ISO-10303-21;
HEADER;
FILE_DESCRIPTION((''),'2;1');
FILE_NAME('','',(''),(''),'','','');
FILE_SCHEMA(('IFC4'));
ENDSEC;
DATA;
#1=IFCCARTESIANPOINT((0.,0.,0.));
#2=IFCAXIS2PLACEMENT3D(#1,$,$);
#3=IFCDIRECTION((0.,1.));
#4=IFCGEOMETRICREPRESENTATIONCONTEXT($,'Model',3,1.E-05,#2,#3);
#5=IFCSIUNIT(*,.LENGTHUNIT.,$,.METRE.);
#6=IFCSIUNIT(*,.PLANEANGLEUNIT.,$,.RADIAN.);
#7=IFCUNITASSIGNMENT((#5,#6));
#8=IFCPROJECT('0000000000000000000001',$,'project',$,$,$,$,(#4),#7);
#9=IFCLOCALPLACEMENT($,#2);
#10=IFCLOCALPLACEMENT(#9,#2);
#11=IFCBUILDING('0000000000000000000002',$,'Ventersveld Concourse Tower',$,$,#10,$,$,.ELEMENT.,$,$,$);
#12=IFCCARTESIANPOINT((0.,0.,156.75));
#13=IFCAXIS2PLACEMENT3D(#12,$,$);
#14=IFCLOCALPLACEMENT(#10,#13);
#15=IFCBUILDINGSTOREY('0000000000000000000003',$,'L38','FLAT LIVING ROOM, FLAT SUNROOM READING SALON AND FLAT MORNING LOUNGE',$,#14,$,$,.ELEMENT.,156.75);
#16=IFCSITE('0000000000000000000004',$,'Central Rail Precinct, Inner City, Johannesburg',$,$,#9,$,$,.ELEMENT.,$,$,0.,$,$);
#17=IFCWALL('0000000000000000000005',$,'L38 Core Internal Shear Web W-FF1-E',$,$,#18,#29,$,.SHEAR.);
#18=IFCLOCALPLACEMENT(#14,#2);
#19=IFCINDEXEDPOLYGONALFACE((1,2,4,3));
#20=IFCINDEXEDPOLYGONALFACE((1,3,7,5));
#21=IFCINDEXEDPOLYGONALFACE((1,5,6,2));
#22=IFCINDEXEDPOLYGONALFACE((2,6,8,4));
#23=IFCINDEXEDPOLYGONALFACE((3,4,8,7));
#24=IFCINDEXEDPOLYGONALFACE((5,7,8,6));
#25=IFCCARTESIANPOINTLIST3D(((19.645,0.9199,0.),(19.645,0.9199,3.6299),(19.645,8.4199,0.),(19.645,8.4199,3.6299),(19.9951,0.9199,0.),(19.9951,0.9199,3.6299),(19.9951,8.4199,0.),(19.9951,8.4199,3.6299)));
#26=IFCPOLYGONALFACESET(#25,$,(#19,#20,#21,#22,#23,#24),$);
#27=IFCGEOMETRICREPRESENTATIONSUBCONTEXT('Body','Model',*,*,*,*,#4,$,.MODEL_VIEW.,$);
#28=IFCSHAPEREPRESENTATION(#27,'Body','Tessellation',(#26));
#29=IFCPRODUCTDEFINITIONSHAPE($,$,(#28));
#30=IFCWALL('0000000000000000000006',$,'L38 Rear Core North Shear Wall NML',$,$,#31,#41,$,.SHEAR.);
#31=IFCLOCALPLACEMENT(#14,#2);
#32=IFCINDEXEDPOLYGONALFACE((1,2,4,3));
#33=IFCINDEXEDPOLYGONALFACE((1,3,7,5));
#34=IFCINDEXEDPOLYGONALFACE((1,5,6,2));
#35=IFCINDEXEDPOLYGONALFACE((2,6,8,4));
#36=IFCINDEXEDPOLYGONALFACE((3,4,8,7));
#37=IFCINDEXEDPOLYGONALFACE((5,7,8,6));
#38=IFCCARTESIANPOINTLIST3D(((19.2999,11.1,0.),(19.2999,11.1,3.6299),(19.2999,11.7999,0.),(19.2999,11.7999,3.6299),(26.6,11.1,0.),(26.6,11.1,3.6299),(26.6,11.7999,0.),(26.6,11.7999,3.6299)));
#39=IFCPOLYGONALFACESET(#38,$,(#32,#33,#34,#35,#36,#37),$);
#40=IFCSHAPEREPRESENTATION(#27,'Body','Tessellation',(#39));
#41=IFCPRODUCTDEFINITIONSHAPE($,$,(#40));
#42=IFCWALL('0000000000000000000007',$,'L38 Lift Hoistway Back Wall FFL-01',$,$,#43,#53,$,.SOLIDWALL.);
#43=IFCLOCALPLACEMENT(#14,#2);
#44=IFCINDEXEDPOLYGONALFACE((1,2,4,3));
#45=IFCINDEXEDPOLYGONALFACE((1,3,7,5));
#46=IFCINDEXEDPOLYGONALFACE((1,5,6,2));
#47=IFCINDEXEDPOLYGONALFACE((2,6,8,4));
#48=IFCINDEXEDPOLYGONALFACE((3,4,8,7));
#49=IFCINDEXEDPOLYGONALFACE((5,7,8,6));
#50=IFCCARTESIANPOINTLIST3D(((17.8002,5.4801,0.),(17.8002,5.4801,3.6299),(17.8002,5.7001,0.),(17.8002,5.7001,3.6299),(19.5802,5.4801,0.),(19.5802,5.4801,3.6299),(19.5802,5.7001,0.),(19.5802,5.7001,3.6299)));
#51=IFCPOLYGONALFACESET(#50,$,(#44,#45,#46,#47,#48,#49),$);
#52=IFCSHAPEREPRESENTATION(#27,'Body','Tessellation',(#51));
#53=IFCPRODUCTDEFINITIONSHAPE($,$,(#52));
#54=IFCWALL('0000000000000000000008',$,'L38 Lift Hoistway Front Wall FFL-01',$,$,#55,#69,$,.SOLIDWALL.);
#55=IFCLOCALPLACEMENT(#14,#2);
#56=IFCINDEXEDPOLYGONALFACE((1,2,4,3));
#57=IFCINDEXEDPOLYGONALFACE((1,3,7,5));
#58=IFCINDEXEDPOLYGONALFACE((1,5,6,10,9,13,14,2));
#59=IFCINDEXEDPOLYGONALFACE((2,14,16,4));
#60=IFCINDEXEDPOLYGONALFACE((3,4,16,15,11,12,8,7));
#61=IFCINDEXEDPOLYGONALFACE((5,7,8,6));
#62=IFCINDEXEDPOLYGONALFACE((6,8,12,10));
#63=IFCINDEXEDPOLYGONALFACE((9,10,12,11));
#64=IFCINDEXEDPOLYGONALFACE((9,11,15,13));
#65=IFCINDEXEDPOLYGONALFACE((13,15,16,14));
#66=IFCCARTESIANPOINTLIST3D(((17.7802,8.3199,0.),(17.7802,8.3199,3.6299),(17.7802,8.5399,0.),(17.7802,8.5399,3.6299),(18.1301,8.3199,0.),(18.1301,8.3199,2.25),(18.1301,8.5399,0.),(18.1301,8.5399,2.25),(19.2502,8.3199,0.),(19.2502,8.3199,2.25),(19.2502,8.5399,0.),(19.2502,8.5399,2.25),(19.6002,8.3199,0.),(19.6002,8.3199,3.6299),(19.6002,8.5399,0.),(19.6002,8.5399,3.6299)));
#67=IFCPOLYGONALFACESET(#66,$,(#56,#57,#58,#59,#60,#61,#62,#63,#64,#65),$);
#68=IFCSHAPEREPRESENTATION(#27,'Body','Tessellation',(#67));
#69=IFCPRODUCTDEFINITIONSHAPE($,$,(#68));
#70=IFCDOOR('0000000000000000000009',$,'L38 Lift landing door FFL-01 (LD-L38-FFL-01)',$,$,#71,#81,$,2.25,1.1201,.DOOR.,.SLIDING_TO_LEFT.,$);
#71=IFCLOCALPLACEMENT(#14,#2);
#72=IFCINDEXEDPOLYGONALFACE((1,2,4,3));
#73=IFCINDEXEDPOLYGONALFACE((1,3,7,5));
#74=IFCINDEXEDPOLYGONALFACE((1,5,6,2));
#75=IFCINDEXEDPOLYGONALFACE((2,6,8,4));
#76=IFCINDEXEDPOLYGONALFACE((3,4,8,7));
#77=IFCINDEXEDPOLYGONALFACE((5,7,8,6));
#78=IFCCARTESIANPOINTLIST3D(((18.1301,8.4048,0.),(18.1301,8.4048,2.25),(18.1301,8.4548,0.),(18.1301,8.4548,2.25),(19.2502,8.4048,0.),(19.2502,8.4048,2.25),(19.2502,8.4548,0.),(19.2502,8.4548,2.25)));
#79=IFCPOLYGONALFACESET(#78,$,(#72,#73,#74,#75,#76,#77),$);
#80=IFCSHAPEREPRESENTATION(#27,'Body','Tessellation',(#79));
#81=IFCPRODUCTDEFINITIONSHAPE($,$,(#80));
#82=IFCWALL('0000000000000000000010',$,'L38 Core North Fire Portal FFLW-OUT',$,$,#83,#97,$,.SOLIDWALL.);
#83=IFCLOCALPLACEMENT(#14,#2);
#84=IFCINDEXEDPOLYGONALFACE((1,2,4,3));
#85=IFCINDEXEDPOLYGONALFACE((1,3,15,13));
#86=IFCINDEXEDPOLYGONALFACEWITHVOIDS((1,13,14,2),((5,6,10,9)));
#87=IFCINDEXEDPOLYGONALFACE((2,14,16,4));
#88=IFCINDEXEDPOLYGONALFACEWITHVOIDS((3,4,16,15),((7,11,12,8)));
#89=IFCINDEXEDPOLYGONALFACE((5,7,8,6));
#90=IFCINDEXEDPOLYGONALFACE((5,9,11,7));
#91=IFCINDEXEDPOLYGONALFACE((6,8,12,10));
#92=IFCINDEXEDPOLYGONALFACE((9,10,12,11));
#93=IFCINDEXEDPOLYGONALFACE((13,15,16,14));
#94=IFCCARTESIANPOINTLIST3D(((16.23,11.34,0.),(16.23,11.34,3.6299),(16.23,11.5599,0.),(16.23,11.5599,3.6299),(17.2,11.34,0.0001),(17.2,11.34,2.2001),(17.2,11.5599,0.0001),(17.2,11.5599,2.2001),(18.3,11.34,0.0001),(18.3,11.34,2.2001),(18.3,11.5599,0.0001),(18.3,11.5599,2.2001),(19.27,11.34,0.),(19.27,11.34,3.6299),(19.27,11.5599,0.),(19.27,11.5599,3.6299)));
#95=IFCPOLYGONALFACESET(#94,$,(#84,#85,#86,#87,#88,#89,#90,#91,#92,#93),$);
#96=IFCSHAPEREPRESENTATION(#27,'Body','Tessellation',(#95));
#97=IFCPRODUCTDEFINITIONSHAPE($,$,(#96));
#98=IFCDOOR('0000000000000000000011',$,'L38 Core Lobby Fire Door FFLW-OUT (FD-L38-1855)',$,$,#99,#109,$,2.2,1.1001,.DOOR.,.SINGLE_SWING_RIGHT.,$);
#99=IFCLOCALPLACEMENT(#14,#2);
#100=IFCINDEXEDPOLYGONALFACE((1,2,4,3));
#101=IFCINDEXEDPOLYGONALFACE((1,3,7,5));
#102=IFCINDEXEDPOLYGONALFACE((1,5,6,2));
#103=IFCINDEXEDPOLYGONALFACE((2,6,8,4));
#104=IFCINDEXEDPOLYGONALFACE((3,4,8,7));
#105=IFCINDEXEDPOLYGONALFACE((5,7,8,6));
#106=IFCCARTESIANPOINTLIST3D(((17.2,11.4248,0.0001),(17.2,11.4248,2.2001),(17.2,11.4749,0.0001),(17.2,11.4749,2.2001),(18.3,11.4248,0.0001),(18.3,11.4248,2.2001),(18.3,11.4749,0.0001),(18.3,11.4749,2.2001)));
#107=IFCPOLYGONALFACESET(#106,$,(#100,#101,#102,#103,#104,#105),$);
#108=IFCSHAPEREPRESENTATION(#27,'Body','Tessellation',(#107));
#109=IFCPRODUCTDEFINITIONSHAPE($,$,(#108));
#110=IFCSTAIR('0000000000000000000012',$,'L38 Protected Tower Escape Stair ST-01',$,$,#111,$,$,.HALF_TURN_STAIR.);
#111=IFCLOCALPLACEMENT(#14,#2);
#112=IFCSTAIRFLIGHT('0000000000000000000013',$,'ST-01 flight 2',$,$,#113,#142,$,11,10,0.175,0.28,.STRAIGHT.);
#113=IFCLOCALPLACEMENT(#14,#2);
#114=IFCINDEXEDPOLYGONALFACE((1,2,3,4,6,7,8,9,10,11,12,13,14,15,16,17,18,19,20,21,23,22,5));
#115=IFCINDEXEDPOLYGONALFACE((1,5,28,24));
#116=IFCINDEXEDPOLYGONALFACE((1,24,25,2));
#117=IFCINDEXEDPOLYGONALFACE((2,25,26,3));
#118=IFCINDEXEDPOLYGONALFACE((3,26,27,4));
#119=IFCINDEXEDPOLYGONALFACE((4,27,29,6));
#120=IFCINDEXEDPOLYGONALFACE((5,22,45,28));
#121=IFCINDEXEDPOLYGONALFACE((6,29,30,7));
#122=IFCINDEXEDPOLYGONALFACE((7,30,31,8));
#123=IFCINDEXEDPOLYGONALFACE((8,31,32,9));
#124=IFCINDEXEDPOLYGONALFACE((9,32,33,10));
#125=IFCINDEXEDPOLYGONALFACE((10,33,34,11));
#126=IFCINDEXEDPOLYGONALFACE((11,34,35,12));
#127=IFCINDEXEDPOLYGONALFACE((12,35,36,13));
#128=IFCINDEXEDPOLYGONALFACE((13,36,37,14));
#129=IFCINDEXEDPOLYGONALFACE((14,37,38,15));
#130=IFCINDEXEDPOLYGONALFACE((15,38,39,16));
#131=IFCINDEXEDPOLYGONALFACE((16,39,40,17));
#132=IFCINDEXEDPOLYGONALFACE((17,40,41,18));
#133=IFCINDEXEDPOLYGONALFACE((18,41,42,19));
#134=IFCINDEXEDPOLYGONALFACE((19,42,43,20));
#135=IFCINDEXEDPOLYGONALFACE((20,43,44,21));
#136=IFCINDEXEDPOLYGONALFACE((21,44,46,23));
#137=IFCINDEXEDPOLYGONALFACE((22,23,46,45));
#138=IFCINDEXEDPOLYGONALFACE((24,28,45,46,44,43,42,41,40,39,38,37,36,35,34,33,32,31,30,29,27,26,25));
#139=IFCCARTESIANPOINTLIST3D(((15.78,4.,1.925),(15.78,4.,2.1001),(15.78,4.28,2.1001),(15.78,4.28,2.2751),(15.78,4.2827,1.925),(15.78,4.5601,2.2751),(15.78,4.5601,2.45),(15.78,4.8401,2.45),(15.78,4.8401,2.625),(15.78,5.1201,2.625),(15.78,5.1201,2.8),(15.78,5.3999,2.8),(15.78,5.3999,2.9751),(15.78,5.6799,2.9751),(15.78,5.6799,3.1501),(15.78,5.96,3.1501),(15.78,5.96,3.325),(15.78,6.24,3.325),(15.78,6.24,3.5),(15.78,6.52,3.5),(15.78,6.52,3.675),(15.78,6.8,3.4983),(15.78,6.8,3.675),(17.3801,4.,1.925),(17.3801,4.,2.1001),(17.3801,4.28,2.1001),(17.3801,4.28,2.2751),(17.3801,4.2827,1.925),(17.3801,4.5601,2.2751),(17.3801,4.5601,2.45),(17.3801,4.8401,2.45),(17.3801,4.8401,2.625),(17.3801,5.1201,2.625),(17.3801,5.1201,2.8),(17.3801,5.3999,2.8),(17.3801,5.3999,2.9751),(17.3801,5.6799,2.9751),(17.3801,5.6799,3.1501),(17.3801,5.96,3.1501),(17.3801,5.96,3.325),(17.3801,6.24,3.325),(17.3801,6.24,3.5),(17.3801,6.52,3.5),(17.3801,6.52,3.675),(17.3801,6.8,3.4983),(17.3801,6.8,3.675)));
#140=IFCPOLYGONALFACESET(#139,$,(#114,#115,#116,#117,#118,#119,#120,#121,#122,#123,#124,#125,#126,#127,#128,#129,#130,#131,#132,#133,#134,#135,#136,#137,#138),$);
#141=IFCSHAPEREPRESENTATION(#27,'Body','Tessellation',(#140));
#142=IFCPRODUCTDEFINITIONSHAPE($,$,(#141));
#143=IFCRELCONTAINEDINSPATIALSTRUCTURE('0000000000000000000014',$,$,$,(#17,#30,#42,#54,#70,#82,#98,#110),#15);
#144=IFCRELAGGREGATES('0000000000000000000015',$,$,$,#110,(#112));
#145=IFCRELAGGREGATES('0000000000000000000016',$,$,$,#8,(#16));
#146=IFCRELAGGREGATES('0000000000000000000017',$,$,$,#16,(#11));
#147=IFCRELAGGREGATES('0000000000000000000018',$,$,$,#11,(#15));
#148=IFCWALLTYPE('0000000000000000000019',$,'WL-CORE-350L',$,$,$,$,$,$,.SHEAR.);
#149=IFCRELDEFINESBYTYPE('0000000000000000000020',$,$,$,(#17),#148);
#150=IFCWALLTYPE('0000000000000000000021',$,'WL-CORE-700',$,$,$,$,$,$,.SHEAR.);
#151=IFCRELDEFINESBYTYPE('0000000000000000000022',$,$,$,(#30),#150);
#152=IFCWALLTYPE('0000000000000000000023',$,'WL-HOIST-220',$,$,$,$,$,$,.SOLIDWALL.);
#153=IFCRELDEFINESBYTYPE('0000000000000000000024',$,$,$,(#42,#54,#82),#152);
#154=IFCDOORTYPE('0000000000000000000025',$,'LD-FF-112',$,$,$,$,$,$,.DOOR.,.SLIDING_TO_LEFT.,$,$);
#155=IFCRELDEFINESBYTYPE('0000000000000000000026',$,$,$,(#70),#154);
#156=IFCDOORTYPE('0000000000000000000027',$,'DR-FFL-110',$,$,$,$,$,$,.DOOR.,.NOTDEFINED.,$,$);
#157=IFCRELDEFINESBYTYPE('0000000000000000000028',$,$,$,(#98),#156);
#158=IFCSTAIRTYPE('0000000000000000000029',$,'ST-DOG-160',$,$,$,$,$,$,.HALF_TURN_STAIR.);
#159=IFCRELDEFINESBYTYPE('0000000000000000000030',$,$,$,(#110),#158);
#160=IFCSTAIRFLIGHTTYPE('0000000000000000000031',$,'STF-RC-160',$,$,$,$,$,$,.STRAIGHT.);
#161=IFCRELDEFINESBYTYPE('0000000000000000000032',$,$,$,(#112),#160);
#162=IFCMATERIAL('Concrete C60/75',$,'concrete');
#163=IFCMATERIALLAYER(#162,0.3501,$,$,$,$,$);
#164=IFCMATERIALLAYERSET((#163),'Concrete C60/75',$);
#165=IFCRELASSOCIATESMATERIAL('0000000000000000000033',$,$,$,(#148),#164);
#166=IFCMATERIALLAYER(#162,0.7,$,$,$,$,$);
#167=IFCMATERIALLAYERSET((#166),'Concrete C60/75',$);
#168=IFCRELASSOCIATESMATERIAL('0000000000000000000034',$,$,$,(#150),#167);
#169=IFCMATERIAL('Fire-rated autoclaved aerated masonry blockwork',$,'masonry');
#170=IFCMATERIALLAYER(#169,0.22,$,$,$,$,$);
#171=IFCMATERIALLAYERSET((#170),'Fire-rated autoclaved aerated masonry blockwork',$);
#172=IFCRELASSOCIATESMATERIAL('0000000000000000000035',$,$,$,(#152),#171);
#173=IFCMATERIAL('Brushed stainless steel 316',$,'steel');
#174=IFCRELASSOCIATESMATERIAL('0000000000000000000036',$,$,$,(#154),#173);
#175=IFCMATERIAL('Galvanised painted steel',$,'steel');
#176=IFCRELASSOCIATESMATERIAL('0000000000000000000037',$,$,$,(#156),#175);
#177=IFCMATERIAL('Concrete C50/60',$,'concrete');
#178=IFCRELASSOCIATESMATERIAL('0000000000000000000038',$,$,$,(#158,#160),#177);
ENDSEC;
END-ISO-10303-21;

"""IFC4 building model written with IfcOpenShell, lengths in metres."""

from ifc_helpers import new_model, si_unit, direction, frame, frame_2d, origin, place, context, subcontext, project, spatial, polyline, rectangle, outline, extrude, material, layer, layer_set, type_object, element, fill, aggregate, save


model = new_model("IFC4")

# Units and contexts
model_context = context("Model", 3, precision=1e-05, world=origin(), true_north=direction((0.0, 1.0)))
body_context = subcontext(model_context, "Body", "Model", "MODEL_VIEW")
ifc_project = project(units=[si_unit("LENGTHUNIT", "METRE"), si_unit("PLANEANGLEUNIT", "RADIAN")], contexts=[model_context])

# Site, building, storey
site_placement = place(None, origin())
site = spatial("IfcSite", under=ifc_project, at=site_placement, Name="Central Rail Precinct, Inner City, Johannesburg", CompositionType="ELEMENT", RefElevation=0.0)
building_placement = place(site_placement, origin())
building = spatial("IfcBuilding", under=site, at=building_placement, Name="Ventersveld Concourse Tower", CompositionType="ELEMENT")
storey_placement = place(building_placement, frame((0.0, 0.0, 156.75)))
storey = spatial("IfcBuildingStorey", under=building, at=storey_placement, Name="L38", Description="FLAT LIVING ROOM, FLAT SUNROOM READING SALON AND FLAT MORNING LOUNGE", CompositionType="ELEMENT", Elevation=156.75)

# Shared definitions
ifc_material_1 = material(Name="Concrete C50/60", Category="concrete")

# Shared definitions
ifc_material_2 = material(Name="Concrete C60/75", Category="concrete")

# Walls
ifc_layer_1 = layer(ifc_material_2, 0.3501)
ifc_layer_set_1 = layer_set([ifc_layer_1], Name="Concrete C60/75")
wall_type_1 = type_object("IfcWallType", Name="WL-CORE-350L", PredefinedType="SHEAR", material=ifc_layer_set_1)
for number, where, z_axis, x_axis, name in (
    (1, (19.8201, 0.9199, 0.0), (0.0, 0.0, 1.0), (0.0, 1.0, 0.0), "L38 Core Internal Shear Web W-FF1-E"),
):
    element("IfcWall", number, at=place(storey_placement, frame(where, z_axis=z_axis, x_axis=x_axis)), inside=storey, type_object=wall_type_1, Name=name, PredefinedType="SHEAR", context=body_context, shape_type="SweptSolid", body=[
        extrude(rectangle(XDim=7.5, YDim=0.3501, at=frame_2d((3.75, 0.0))), origin(), (0.0, 0.0, 1.0), 3.6299),
    ])
ifc_layer_2 = layer(ifc_material_2, 0.7)
ifc_layer_set_2 = layer_set([ifc_layer_2], Name="Concrete C60/75")
wall_type_2 = type_object("IfcWallType", Name="WL-CORE-700", PredefinedType="SHEAR", material=ifc_layer_set_2)
wall_1_placement = place(storey_placement, frame((19.3, 11.45, 0.0), z_axis=(0.0, 0.0, 1.0), x_axis=(1.0, 0.0, 0.0)))
element("IfcWall", 2, at=wall_1_placement, inside=storey, type_object=wall_type_2, Name="L38 Rear Core North Shear Wall NML", PredefinedType="SHEAR", context=body_context, shape_type="SweptSolid", body=[
    extrude(rectangle(XDim=7.3, YDim=0.7, at=frame_2d((3.6499, 0.0))), origin(), (0.0, 0.0, 1.0), 3.6299),
])
ifc_material_3 = material(Name="Fire-rated autoclaved aerated masonry blockwork", Category="masonry")
ifc_layer_3 = layer(ifc_material_3, 0.22)
ifc_layer_set_3 = layer_set([ifc_layer_3], Name="Fire-rated autoclaved aerated masonry blockwork")
wall_type_3 = type_object("IfcWallType", Name="WL-HOIST-220", PredefinedType="SOLIDWALL", material=ifc_layer_set_3)
wall_2_placement = place(storey_placement, frame((17.8, 5.5901, 0.0), z_axis=(0.0, 0.0, 1.0), x_axis=(1.0, 0.0, 0.0)))
element("IfcWall", 3, at=wall_2_placement, inside=storey, type_object=wall_type_3, Name="L38 Lift Hoistway Back Wall FFL-01", PredefinedType="SOLIDWALL", context=body_context, shape_type="SweptSolid", body=[
    extrude(rectangle(XDim=1.78, YDim=0.22, at=frame_2d((0.8901, 0.0))), origin(), (0.0, 0.0, 1.0), 3.6299),
])

# Walls, openings, doors
wall_3_placement = place(storey_placement, frame((17.78, 8.4299, 0.0), z_axis=(0.0, 0.0, 1.0), x_axis=(1.0, 0.0, 0.0)))
wall_3 = element("IfcWall", 4, at=wall_3_placement, inside=storey, type_object=wall_type_3, Name="L38 Lift Hoistway Front Wall FFL-01", PredefinedType="SOLIDWALL", context=body_context, shape_type="SweptSolid", body=[
    extrude(rectangle(XDim=1.8201, YDim=0.22, at=frame_2d((0.9102, 0.0))), origin(), (0.0, 0.0, 1.0), 3.6299),
])
opening_1_placement = place(wall_3_placement, frame((0.3501, 0.0, 0.0)))
opening_1 = element("IfcOpeningElement", 5, at=opening_1_placement, cuts=wall_3, PredefinedType="OPENING", context=body_context, shape_type="SweptSolid", body=[
    extrude(rectangle(XDim=1.1201, YDim=2.25, at=frame_2d((0.5601, 1.125))), frame((0.0, 0.1201, 0.0), z_axis=(0.0, -1.0, 0.0), x_axis=(1.0, 0.0, 0.0)), (0.0, 0.0, 1.0), 0.24),
])
ifc_material_4 = material(Name="Brushed stainless steel 316", Category="steel")
door_type_1 = type_object("IfcDoorType", Name="LD-FF-112", OperationType="SLIDING_TO_LEFT", PredefinedType="DOOR", material=ifc_material_4)
door_1_placement = place(opening_1_placement, origin())
door_1 = element("IfcDoor", 6, at=door_1_placement, inside=storey, type_object=door_type_1, Name="L38 Lift landing door FFL-01 (LD-L38-FFL-01)", OperationType="SLIDING_TO_LEFT", OverallHeight=2.25, OverallWidth=1.1201, PredefinedType="DOOR", context=body_context, shape_type="SweptSolid", body=[
    extrude(rectangle(XDim=1.1201, YDim=2.25, at=frame_2d((0.5601, 1.125))), frame((0.0, 0.0249, 0.0), z_axis=(0.0, -1.0, 0.0), x_axis=(1.0, 0.0, 0.0)), (0.0, 0.0, 1.0), 0.05),
])
fill(opening_1, door_1)
wall_4_placement = place(storey_placement, frame((16.23, 11.45, 0.0), z_axis=(0.0, 0.0, 1.0), x_axis=(1.0, 0.0, 0.0)))
wall_4 = element("IfcWall", 7, at=wall_4_placement, inside=storey, type_object=wall_type_3, Name="L38 Core North Fire Portal FFLW-OUT", PredefinedType="SOLIDWALL", context=body_context, shape_type="SweptSolid", body=[
    extrude(rectangle(XDim=3.04, YDim=0.22, at=frame_2d((1.52, 0.0))), origin(), (0.0, 0.0, 1.0), 3.6299),
])
opening_2_placement = place(wall_4_placement, frame((0.97, 0.0, 0.0)))
opening_2 = element("IfcOpeningElement", 8, at=opening_2_placement, cuts=wall_4, PredefinedType="OPENING", context=body_context, shape_type="SweptSolid", body=[
    extrude(rectangle(XDim=1.1001, YDim=2.2, at=frame_2d((0.55, 1.1001))), frame((0.0, 0.1201, 0.0), z_axis=(0.0, -1.0, 0.0), x_axis=(1.0, 0.0, 0.0)), (0.0, 0.0, 1.0), 0.24),
])
ifc_material_5 = material(Name="Galvanised painted steel", Category="steel")
door_type_2 = type_object("IfcDoorType", Name="DR-FFL-110", OperationType="NOTDEFINED", PredefinedType="DOOR", material=ifc_material_5)
door_2_placement = place(opening_2_placement, origin())
door_2 = element("IfcDoor", 9, at=door_2_placement, inside=storey, type_object=door_type_2, Name="L38 Core Lobby Fire Door FFLW-OUT (FD-L38-1855)", OperationType="SINGLE_SWING_RIGHT", OverallHeight=2.2, OverallWidth=1.1001, PredefinedType="DOOR", context=body_context, shape_type="SweptSolid", body=[
    extrude(rectangle(XDim=1.1001, YDim=2.2, at=frame_2d((0.55, 1.1001))), frame((0.0, 0.0249, 0.0), z_axis=(0.0, -1.0, 0.0), x_axis=(1.0, 0.0, 0.0)), (0.0, 0.0, 1.0), 0.05),
])
fill(opening_2, door_2)

# Stair, stair flight
stair_type = type_object("IfcStairType", Name="ST-DOG-160", PredefinedType="HALF_TURN_STAIR", material=ifc_material_1)
stair_placement = place(storey_placement, origin())
stair = element("IfcStair", 10, at=stair_placement, inside=storey, type_object=stair_type, Name="L38 Protected Tower Escape Stair ST-01", PredefinedType="HALF_TURN_STAIR")
stair_flight_type = type_object("IfcStairFlightType", Name="STF-RC-160", PredefinedType="STRAIGHT", material=ifc_material_1)
stair_flight_placement = place(storey_placement, frame((16.5801, 4.0, 1.925), z_axis=(0.0, 0.0, 1.0), x_axis=(0.0, 1.0, 0.0)))
stair_flight = element("IfcStairFlight", 11, at=stair_flight_placement, type_object=stair_flight_type, Name="ST-01 flight 2", NumberOfRisers=11, NumberOfTreads=10, PredefinedType="STRAIGHT", RiserHeight=0.175, TreadLength=0.28, context=body_context, shape_type="SweptSolid", body=[
    extrude(outline(polyline([(0.0, 0.0), (0.0, 0.175), (0.28, 0.175), (0.28, 0.3501), (0.5601, 0.3501), (0.5601, 0.5249), (0.8401, 0.5249), (0.8401, 0.7), (1.1201, 0.7), (1.1201, 0.875), (1.3999, 0.875), (1.3999, 1.05), (1.6799, 1.05), (1.6799, 1.2251), (1.96, 1.2251), (1.96, 1.3999), (2.24, 1.3999), (2.24, 1.575), (2.52, 1.575), (2.52, 1.75), (2.8, 1.75), (2.8, 1.925), (2.8, 1.5732), (0.2827, 0.0), (0.0, 0.0)])), frame((0.0, 0.8, 0.0), z_axis=(0.0, -1.0, 0.0), x_axis=(1.0, 0.0, 0.0)), (0.0, 0.0, 1.0), 1.6001),
])
aggregate(stair, [stair_flight])

save(model, "model.ifc")
